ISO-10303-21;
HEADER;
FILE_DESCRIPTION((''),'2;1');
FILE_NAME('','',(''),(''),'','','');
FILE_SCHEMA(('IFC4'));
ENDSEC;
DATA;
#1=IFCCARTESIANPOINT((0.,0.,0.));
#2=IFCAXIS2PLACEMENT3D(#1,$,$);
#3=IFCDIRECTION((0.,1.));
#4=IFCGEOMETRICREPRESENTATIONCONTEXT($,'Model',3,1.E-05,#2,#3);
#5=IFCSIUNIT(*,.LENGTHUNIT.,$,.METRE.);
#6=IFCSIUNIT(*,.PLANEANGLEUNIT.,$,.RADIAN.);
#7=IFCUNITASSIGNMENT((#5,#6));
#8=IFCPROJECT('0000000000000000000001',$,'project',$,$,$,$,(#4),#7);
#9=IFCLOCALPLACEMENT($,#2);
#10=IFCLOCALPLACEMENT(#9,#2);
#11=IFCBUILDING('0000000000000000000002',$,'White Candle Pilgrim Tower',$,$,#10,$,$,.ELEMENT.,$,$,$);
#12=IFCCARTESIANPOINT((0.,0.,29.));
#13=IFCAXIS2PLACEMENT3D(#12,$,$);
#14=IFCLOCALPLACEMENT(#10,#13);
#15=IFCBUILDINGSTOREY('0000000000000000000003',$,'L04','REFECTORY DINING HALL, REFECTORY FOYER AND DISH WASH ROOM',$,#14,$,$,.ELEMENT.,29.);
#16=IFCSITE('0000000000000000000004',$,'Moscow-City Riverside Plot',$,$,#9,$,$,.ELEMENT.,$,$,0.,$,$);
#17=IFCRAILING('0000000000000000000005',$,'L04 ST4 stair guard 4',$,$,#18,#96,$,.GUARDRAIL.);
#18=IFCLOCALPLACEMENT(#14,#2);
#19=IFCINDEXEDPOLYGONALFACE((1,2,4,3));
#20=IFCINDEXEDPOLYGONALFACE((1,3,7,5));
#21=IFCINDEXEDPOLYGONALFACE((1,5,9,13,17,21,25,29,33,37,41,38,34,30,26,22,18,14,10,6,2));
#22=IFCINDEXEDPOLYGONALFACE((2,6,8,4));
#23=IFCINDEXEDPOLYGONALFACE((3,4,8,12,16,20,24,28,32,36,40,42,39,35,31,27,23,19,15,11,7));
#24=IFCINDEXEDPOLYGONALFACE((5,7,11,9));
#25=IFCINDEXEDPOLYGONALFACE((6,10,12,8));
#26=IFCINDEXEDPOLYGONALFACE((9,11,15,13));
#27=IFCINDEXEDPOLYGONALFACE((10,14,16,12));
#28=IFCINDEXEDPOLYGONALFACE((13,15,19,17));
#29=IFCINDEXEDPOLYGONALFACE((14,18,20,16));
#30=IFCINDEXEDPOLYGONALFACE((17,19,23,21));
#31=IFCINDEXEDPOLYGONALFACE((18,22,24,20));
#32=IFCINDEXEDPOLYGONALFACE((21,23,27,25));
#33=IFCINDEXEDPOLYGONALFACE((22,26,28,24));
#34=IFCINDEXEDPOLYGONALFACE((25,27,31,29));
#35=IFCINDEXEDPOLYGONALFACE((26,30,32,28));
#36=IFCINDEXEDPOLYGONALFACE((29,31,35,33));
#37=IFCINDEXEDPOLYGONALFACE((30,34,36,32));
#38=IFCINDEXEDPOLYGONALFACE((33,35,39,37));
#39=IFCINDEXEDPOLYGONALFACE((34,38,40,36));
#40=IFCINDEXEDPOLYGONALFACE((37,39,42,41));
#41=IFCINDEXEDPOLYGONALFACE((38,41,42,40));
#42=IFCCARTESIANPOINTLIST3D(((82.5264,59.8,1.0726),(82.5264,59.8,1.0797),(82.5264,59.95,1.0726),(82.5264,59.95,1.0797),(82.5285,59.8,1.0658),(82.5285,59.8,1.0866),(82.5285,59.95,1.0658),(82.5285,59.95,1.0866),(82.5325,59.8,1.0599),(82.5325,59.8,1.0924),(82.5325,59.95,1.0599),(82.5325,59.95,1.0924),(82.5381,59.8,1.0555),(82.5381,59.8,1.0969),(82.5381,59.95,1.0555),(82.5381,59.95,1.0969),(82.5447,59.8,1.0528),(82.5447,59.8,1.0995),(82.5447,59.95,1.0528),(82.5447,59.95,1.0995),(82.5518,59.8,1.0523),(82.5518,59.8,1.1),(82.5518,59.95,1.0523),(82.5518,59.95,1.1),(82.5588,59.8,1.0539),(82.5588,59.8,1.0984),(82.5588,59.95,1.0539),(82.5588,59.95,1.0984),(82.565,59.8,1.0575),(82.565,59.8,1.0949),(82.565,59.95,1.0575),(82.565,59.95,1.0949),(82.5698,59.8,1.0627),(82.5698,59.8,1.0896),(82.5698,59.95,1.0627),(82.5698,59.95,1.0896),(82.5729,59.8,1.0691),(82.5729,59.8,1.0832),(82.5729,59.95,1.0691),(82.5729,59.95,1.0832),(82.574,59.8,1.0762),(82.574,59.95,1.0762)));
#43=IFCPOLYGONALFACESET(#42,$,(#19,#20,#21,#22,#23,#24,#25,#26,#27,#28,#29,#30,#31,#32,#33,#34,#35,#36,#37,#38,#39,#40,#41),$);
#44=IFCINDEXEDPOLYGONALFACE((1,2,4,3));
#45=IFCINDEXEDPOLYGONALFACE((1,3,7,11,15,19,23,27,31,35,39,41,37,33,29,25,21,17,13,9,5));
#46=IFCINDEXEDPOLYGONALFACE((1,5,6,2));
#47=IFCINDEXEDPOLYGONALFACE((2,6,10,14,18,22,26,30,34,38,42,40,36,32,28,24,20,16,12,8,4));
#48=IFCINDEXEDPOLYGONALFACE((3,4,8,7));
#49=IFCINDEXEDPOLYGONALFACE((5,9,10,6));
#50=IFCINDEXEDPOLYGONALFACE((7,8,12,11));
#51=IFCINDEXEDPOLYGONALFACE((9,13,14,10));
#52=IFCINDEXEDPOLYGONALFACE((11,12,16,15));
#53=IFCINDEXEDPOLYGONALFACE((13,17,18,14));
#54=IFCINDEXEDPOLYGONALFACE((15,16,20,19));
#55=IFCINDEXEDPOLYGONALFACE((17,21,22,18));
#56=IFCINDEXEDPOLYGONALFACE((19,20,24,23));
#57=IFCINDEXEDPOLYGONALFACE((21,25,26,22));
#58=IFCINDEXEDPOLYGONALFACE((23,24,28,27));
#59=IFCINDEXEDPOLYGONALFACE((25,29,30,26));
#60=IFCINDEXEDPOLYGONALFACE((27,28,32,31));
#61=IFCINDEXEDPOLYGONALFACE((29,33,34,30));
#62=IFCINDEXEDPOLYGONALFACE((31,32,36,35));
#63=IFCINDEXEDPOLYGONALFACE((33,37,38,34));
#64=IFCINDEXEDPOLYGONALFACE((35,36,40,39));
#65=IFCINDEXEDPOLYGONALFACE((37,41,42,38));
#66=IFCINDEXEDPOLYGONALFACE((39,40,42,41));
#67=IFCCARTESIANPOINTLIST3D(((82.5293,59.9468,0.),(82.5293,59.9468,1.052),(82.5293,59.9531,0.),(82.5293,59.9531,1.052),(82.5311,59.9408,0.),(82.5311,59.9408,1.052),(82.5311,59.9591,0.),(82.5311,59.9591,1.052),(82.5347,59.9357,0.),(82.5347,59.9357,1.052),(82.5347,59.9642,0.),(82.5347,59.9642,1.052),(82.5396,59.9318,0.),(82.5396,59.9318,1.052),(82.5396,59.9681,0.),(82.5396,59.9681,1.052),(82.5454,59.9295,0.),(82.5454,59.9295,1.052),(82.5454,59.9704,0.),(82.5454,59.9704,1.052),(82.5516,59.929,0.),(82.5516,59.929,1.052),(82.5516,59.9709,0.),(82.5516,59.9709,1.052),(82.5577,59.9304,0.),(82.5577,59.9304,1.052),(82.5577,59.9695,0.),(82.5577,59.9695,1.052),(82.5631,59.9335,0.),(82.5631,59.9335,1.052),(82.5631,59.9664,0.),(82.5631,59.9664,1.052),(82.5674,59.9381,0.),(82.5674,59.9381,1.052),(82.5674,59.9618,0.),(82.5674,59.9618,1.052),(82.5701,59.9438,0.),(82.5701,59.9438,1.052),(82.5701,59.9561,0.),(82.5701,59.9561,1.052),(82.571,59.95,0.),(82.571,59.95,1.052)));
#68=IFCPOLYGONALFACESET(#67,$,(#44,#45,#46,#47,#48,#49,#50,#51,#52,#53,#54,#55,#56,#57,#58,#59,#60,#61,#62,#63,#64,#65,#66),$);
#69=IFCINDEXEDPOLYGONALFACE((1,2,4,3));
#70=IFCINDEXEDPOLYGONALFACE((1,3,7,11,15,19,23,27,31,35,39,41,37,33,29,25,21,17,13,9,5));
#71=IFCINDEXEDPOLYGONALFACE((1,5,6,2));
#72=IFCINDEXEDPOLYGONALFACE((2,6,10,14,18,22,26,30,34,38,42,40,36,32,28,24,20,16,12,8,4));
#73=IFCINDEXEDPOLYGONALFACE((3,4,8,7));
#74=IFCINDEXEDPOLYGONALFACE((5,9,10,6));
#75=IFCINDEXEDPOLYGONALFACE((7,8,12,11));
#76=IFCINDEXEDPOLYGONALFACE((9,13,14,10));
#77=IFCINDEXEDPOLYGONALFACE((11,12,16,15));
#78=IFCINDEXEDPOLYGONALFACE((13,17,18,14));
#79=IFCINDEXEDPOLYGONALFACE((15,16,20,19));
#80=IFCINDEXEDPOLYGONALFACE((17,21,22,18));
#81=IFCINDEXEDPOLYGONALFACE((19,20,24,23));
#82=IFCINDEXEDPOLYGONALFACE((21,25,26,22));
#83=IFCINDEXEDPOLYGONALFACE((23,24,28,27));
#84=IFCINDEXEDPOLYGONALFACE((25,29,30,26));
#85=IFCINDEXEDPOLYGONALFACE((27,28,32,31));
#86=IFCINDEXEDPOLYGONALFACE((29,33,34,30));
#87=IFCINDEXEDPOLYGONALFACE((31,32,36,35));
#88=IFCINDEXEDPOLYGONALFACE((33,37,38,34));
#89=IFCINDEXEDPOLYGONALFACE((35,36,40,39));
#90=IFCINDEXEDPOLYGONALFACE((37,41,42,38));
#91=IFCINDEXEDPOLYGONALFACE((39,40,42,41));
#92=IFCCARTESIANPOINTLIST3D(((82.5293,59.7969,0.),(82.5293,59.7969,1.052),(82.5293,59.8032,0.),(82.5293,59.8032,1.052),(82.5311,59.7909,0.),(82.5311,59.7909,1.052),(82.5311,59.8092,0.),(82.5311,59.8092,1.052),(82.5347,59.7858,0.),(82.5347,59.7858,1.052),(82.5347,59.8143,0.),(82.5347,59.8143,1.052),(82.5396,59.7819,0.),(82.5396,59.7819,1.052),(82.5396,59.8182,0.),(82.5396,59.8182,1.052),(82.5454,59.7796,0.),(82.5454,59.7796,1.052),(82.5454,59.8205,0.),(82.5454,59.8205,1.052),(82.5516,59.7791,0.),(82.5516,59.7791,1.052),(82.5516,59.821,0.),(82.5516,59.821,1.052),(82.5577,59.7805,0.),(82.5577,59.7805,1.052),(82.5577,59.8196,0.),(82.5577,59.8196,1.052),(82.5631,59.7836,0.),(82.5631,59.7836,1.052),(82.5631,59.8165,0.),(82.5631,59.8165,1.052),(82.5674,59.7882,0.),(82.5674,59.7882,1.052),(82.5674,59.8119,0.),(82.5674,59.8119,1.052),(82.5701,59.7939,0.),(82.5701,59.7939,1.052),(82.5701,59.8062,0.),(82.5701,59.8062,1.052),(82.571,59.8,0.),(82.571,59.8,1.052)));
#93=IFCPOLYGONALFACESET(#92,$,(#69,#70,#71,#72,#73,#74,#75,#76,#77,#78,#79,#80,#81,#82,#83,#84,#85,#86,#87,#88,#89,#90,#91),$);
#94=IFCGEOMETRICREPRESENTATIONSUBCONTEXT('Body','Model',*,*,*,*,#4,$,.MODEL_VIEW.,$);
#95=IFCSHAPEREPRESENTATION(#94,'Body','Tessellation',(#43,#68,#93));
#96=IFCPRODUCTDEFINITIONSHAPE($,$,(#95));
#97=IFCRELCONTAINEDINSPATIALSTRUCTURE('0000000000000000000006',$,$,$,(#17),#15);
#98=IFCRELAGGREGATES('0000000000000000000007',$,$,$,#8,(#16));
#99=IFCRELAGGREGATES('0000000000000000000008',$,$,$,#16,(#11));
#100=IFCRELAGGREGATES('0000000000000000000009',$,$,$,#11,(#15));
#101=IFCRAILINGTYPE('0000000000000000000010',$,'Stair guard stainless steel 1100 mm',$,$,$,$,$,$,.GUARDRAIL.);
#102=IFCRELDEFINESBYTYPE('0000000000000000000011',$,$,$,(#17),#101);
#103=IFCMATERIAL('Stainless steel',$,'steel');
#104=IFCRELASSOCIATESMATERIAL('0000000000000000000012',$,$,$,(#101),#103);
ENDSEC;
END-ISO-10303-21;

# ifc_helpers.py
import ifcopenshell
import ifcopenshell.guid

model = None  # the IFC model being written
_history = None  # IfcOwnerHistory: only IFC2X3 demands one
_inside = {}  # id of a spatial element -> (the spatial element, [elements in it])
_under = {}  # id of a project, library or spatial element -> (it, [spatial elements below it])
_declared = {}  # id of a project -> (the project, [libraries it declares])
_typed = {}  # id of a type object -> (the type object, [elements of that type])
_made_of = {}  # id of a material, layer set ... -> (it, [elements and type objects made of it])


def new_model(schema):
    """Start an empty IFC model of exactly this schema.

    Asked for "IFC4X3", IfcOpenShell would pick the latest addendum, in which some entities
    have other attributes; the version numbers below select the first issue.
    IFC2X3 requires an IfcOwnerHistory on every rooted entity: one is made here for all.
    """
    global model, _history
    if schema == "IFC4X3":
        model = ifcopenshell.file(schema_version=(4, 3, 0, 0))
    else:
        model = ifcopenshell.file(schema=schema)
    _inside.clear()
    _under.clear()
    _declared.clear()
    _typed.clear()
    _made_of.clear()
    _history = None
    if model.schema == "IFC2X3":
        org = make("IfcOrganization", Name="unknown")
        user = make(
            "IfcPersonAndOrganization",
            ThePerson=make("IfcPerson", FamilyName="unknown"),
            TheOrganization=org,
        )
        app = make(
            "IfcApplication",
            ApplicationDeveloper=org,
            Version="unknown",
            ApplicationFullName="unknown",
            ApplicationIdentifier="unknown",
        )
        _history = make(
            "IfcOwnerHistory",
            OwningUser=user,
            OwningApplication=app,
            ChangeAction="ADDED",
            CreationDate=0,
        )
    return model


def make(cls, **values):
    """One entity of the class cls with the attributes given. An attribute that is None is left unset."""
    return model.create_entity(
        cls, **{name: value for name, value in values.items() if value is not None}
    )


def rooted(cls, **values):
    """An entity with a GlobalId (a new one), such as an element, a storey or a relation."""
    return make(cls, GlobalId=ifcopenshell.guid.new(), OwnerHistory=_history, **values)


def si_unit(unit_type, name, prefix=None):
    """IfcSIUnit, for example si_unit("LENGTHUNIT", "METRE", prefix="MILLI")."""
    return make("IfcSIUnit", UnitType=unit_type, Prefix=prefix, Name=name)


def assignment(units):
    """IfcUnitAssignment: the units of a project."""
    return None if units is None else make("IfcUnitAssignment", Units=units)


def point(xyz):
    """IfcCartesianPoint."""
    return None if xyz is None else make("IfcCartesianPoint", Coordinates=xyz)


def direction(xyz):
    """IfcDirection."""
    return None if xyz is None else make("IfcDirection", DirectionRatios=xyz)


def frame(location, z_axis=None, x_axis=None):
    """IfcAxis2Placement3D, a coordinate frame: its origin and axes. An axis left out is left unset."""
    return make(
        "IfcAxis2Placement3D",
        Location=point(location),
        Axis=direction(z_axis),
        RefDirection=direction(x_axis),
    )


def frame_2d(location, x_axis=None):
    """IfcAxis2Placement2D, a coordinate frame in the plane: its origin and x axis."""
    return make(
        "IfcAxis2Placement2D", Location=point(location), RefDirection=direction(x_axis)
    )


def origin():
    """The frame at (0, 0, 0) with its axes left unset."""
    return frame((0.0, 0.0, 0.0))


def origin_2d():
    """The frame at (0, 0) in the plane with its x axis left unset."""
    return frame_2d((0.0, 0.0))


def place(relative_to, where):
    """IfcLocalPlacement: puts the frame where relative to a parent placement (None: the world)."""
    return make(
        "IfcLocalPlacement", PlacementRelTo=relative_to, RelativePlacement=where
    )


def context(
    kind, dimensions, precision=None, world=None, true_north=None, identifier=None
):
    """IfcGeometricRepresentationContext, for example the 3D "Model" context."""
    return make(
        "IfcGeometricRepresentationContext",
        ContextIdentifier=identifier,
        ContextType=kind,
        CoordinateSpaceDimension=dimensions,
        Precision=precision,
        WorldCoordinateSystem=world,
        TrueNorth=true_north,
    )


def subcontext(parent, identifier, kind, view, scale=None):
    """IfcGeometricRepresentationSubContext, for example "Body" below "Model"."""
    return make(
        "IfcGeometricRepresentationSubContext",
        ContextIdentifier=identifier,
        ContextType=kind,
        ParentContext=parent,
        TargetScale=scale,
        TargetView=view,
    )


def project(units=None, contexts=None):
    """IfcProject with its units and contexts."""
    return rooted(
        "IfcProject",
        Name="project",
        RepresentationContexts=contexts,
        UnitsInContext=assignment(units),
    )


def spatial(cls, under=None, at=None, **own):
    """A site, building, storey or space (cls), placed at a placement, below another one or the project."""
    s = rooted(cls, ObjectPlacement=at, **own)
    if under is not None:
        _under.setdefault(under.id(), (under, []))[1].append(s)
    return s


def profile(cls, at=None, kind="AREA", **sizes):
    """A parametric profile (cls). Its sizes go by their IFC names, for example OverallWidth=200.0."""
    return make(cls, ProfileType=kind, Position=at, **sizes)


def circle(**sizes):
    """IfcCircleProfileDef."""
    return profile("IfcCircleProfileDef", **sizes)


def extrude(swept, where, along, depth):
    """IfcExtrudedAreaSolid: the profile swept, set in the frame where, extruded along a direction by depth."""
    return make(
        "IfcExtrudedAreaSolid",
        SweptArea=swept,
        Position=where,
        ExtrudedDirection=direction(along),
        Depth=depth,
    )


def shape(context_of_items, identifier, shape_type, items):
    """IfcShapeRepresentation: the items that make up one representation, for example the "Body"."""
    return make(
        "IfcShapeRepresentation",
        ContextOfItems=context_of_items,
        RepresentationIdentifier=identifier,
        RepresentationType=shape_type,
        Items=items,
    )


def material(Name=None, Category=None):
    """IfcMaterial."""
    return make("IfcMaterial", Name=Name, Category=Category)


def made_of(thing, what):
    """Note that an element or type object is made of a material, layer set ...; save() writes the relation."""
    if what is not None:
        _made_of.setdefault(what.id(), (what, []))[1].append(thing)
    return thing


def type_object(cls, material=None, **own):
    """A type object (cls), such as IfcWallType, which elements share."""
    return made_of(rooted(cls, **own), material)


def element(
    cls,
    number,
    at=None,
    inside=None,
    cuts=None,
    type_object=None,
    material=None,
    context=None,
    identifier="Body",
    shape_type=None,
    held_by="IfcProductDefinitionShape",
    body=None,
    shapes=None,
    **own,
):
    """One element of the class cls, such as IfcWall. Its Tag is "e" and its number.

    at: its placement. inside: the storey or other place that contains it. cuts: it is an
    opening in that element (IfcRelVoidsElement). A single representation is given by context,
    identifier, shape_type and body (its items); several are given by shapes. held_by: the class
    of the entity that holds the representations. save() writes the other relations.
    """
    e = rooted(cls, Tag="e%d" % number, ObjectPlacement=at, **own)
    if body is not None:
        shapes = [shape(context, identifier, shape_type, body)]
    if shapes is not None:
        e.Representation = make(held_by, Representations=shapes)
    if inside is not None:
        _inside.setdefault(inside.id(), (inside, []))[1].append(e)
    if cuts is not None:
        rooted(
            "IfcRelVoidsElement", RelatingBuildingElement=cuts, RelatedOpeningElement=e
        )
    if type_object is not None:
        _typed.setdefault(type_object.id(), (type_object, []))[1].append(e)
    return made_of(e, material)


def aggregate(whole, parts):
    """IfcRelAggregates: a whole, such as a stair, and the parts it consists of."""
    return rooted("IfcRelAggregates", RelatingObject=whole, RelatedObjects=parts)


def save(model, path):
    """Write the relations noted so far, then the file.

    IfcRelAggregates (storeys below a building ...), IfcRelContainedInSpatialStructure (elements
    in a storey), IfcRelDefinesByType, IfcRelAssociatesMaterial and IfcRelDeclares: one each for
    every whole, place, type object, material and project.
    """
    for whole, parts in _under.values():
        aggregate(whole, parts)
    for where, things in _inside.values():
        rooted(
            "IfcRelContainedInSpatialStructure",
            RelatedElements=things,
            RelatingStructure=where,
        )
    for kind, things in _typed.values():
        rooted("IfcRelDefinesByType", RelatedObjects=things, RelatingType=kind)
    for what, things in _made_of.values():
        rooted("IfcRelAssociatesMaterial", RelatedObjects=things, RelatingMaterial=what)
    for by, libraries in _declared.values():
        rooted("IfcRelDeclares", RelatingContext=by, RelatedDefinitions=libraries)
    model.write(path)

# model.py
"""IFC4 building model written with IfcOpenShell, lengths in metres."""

from ifc_helpers import new_model, si_unit, direction, frame, origin, origin_2d, place, context, subcontext, project, spatial, circle, extrude, material, type_object, element, save


model = new_model("IFC4")

# Units and contexts
model_context = context("Model", 3, precision=1e-05, world=origin(), true_north=direction((0.0, 1.0)))
body_context = subcontext(model_context, "Body", "Model", "MODEL_VIEW")
ifc_project = project(units=[si_unit("LENGTHUNIT", "METRE"), si_unit("PLANEANGLEUNIT", "RADIAN")], contexts=[model_context])

# Site, building, storey
site_placement = place(None, origin())
site = spatial("IfcSite", under=ifc_project, at=site_placement, Name="Moscow-City Riverside Plot", CompositionType="ELEMENT", RefElevation=0.0)
building_placement = place(site_placement, origin())
building = spatial("IfcBuilding", under=site, at=building_placement, Name="White Candle Pilgrim Tower", CompositionType="ELEMENT")
storey_placement = place(building_placement, frame((0.0, 0.0, 29.0)))
storey = spatial("IfcBuildingStorey", under=building, at=storey_placement, Name="L04", Description="REFECTORY DINING HALL, REFECTORY FOYER AND DISH WASH ROOM", CompositionType="ELEMENT", Elevation=29.0)

# Railing
ifc_material_1 = material(Name="Stainless steel", Category="steel")
railing_type_1 = type_object("IfcRailingType", Name="Stair guard stainless steel 1100 mm", PredefinedType="GUARDRAIL", material=ifc_material_1)
railing_1_placement = place(storey_placement, frame((82.55, 59.95, 0.0)))
element("IfcRailing", 1, at=railing_1_placement, inside=storey, type_object=railing_type_1, Name="L04 ST4 stair guard 4", PredefinedType="GUARDRAIL", context=body_context, shape_type="SweptSolid", body=[
    extrude(circle(Radius=0.0239, at=origin_2d()), frame((0.0, 0.0, 1.0762), z_axis=(0.0, -1.0, 0.0), x_axis=(1.0, 0.0, 0.0)), (0.0, 0.0, 1.0), 0.1499),
    extrude(circle(Radius=0.021, at=origin_2d()), origin(), (0.0, 0.0, 1.0), 1.052),
    extrude(circle(Radius=0.021, at=origin_2d()), frame((0.0, -0.1499, 0.0)), (0.0, 0.0, 1.0), 1.052),
])

save(model, "model.ifc")
